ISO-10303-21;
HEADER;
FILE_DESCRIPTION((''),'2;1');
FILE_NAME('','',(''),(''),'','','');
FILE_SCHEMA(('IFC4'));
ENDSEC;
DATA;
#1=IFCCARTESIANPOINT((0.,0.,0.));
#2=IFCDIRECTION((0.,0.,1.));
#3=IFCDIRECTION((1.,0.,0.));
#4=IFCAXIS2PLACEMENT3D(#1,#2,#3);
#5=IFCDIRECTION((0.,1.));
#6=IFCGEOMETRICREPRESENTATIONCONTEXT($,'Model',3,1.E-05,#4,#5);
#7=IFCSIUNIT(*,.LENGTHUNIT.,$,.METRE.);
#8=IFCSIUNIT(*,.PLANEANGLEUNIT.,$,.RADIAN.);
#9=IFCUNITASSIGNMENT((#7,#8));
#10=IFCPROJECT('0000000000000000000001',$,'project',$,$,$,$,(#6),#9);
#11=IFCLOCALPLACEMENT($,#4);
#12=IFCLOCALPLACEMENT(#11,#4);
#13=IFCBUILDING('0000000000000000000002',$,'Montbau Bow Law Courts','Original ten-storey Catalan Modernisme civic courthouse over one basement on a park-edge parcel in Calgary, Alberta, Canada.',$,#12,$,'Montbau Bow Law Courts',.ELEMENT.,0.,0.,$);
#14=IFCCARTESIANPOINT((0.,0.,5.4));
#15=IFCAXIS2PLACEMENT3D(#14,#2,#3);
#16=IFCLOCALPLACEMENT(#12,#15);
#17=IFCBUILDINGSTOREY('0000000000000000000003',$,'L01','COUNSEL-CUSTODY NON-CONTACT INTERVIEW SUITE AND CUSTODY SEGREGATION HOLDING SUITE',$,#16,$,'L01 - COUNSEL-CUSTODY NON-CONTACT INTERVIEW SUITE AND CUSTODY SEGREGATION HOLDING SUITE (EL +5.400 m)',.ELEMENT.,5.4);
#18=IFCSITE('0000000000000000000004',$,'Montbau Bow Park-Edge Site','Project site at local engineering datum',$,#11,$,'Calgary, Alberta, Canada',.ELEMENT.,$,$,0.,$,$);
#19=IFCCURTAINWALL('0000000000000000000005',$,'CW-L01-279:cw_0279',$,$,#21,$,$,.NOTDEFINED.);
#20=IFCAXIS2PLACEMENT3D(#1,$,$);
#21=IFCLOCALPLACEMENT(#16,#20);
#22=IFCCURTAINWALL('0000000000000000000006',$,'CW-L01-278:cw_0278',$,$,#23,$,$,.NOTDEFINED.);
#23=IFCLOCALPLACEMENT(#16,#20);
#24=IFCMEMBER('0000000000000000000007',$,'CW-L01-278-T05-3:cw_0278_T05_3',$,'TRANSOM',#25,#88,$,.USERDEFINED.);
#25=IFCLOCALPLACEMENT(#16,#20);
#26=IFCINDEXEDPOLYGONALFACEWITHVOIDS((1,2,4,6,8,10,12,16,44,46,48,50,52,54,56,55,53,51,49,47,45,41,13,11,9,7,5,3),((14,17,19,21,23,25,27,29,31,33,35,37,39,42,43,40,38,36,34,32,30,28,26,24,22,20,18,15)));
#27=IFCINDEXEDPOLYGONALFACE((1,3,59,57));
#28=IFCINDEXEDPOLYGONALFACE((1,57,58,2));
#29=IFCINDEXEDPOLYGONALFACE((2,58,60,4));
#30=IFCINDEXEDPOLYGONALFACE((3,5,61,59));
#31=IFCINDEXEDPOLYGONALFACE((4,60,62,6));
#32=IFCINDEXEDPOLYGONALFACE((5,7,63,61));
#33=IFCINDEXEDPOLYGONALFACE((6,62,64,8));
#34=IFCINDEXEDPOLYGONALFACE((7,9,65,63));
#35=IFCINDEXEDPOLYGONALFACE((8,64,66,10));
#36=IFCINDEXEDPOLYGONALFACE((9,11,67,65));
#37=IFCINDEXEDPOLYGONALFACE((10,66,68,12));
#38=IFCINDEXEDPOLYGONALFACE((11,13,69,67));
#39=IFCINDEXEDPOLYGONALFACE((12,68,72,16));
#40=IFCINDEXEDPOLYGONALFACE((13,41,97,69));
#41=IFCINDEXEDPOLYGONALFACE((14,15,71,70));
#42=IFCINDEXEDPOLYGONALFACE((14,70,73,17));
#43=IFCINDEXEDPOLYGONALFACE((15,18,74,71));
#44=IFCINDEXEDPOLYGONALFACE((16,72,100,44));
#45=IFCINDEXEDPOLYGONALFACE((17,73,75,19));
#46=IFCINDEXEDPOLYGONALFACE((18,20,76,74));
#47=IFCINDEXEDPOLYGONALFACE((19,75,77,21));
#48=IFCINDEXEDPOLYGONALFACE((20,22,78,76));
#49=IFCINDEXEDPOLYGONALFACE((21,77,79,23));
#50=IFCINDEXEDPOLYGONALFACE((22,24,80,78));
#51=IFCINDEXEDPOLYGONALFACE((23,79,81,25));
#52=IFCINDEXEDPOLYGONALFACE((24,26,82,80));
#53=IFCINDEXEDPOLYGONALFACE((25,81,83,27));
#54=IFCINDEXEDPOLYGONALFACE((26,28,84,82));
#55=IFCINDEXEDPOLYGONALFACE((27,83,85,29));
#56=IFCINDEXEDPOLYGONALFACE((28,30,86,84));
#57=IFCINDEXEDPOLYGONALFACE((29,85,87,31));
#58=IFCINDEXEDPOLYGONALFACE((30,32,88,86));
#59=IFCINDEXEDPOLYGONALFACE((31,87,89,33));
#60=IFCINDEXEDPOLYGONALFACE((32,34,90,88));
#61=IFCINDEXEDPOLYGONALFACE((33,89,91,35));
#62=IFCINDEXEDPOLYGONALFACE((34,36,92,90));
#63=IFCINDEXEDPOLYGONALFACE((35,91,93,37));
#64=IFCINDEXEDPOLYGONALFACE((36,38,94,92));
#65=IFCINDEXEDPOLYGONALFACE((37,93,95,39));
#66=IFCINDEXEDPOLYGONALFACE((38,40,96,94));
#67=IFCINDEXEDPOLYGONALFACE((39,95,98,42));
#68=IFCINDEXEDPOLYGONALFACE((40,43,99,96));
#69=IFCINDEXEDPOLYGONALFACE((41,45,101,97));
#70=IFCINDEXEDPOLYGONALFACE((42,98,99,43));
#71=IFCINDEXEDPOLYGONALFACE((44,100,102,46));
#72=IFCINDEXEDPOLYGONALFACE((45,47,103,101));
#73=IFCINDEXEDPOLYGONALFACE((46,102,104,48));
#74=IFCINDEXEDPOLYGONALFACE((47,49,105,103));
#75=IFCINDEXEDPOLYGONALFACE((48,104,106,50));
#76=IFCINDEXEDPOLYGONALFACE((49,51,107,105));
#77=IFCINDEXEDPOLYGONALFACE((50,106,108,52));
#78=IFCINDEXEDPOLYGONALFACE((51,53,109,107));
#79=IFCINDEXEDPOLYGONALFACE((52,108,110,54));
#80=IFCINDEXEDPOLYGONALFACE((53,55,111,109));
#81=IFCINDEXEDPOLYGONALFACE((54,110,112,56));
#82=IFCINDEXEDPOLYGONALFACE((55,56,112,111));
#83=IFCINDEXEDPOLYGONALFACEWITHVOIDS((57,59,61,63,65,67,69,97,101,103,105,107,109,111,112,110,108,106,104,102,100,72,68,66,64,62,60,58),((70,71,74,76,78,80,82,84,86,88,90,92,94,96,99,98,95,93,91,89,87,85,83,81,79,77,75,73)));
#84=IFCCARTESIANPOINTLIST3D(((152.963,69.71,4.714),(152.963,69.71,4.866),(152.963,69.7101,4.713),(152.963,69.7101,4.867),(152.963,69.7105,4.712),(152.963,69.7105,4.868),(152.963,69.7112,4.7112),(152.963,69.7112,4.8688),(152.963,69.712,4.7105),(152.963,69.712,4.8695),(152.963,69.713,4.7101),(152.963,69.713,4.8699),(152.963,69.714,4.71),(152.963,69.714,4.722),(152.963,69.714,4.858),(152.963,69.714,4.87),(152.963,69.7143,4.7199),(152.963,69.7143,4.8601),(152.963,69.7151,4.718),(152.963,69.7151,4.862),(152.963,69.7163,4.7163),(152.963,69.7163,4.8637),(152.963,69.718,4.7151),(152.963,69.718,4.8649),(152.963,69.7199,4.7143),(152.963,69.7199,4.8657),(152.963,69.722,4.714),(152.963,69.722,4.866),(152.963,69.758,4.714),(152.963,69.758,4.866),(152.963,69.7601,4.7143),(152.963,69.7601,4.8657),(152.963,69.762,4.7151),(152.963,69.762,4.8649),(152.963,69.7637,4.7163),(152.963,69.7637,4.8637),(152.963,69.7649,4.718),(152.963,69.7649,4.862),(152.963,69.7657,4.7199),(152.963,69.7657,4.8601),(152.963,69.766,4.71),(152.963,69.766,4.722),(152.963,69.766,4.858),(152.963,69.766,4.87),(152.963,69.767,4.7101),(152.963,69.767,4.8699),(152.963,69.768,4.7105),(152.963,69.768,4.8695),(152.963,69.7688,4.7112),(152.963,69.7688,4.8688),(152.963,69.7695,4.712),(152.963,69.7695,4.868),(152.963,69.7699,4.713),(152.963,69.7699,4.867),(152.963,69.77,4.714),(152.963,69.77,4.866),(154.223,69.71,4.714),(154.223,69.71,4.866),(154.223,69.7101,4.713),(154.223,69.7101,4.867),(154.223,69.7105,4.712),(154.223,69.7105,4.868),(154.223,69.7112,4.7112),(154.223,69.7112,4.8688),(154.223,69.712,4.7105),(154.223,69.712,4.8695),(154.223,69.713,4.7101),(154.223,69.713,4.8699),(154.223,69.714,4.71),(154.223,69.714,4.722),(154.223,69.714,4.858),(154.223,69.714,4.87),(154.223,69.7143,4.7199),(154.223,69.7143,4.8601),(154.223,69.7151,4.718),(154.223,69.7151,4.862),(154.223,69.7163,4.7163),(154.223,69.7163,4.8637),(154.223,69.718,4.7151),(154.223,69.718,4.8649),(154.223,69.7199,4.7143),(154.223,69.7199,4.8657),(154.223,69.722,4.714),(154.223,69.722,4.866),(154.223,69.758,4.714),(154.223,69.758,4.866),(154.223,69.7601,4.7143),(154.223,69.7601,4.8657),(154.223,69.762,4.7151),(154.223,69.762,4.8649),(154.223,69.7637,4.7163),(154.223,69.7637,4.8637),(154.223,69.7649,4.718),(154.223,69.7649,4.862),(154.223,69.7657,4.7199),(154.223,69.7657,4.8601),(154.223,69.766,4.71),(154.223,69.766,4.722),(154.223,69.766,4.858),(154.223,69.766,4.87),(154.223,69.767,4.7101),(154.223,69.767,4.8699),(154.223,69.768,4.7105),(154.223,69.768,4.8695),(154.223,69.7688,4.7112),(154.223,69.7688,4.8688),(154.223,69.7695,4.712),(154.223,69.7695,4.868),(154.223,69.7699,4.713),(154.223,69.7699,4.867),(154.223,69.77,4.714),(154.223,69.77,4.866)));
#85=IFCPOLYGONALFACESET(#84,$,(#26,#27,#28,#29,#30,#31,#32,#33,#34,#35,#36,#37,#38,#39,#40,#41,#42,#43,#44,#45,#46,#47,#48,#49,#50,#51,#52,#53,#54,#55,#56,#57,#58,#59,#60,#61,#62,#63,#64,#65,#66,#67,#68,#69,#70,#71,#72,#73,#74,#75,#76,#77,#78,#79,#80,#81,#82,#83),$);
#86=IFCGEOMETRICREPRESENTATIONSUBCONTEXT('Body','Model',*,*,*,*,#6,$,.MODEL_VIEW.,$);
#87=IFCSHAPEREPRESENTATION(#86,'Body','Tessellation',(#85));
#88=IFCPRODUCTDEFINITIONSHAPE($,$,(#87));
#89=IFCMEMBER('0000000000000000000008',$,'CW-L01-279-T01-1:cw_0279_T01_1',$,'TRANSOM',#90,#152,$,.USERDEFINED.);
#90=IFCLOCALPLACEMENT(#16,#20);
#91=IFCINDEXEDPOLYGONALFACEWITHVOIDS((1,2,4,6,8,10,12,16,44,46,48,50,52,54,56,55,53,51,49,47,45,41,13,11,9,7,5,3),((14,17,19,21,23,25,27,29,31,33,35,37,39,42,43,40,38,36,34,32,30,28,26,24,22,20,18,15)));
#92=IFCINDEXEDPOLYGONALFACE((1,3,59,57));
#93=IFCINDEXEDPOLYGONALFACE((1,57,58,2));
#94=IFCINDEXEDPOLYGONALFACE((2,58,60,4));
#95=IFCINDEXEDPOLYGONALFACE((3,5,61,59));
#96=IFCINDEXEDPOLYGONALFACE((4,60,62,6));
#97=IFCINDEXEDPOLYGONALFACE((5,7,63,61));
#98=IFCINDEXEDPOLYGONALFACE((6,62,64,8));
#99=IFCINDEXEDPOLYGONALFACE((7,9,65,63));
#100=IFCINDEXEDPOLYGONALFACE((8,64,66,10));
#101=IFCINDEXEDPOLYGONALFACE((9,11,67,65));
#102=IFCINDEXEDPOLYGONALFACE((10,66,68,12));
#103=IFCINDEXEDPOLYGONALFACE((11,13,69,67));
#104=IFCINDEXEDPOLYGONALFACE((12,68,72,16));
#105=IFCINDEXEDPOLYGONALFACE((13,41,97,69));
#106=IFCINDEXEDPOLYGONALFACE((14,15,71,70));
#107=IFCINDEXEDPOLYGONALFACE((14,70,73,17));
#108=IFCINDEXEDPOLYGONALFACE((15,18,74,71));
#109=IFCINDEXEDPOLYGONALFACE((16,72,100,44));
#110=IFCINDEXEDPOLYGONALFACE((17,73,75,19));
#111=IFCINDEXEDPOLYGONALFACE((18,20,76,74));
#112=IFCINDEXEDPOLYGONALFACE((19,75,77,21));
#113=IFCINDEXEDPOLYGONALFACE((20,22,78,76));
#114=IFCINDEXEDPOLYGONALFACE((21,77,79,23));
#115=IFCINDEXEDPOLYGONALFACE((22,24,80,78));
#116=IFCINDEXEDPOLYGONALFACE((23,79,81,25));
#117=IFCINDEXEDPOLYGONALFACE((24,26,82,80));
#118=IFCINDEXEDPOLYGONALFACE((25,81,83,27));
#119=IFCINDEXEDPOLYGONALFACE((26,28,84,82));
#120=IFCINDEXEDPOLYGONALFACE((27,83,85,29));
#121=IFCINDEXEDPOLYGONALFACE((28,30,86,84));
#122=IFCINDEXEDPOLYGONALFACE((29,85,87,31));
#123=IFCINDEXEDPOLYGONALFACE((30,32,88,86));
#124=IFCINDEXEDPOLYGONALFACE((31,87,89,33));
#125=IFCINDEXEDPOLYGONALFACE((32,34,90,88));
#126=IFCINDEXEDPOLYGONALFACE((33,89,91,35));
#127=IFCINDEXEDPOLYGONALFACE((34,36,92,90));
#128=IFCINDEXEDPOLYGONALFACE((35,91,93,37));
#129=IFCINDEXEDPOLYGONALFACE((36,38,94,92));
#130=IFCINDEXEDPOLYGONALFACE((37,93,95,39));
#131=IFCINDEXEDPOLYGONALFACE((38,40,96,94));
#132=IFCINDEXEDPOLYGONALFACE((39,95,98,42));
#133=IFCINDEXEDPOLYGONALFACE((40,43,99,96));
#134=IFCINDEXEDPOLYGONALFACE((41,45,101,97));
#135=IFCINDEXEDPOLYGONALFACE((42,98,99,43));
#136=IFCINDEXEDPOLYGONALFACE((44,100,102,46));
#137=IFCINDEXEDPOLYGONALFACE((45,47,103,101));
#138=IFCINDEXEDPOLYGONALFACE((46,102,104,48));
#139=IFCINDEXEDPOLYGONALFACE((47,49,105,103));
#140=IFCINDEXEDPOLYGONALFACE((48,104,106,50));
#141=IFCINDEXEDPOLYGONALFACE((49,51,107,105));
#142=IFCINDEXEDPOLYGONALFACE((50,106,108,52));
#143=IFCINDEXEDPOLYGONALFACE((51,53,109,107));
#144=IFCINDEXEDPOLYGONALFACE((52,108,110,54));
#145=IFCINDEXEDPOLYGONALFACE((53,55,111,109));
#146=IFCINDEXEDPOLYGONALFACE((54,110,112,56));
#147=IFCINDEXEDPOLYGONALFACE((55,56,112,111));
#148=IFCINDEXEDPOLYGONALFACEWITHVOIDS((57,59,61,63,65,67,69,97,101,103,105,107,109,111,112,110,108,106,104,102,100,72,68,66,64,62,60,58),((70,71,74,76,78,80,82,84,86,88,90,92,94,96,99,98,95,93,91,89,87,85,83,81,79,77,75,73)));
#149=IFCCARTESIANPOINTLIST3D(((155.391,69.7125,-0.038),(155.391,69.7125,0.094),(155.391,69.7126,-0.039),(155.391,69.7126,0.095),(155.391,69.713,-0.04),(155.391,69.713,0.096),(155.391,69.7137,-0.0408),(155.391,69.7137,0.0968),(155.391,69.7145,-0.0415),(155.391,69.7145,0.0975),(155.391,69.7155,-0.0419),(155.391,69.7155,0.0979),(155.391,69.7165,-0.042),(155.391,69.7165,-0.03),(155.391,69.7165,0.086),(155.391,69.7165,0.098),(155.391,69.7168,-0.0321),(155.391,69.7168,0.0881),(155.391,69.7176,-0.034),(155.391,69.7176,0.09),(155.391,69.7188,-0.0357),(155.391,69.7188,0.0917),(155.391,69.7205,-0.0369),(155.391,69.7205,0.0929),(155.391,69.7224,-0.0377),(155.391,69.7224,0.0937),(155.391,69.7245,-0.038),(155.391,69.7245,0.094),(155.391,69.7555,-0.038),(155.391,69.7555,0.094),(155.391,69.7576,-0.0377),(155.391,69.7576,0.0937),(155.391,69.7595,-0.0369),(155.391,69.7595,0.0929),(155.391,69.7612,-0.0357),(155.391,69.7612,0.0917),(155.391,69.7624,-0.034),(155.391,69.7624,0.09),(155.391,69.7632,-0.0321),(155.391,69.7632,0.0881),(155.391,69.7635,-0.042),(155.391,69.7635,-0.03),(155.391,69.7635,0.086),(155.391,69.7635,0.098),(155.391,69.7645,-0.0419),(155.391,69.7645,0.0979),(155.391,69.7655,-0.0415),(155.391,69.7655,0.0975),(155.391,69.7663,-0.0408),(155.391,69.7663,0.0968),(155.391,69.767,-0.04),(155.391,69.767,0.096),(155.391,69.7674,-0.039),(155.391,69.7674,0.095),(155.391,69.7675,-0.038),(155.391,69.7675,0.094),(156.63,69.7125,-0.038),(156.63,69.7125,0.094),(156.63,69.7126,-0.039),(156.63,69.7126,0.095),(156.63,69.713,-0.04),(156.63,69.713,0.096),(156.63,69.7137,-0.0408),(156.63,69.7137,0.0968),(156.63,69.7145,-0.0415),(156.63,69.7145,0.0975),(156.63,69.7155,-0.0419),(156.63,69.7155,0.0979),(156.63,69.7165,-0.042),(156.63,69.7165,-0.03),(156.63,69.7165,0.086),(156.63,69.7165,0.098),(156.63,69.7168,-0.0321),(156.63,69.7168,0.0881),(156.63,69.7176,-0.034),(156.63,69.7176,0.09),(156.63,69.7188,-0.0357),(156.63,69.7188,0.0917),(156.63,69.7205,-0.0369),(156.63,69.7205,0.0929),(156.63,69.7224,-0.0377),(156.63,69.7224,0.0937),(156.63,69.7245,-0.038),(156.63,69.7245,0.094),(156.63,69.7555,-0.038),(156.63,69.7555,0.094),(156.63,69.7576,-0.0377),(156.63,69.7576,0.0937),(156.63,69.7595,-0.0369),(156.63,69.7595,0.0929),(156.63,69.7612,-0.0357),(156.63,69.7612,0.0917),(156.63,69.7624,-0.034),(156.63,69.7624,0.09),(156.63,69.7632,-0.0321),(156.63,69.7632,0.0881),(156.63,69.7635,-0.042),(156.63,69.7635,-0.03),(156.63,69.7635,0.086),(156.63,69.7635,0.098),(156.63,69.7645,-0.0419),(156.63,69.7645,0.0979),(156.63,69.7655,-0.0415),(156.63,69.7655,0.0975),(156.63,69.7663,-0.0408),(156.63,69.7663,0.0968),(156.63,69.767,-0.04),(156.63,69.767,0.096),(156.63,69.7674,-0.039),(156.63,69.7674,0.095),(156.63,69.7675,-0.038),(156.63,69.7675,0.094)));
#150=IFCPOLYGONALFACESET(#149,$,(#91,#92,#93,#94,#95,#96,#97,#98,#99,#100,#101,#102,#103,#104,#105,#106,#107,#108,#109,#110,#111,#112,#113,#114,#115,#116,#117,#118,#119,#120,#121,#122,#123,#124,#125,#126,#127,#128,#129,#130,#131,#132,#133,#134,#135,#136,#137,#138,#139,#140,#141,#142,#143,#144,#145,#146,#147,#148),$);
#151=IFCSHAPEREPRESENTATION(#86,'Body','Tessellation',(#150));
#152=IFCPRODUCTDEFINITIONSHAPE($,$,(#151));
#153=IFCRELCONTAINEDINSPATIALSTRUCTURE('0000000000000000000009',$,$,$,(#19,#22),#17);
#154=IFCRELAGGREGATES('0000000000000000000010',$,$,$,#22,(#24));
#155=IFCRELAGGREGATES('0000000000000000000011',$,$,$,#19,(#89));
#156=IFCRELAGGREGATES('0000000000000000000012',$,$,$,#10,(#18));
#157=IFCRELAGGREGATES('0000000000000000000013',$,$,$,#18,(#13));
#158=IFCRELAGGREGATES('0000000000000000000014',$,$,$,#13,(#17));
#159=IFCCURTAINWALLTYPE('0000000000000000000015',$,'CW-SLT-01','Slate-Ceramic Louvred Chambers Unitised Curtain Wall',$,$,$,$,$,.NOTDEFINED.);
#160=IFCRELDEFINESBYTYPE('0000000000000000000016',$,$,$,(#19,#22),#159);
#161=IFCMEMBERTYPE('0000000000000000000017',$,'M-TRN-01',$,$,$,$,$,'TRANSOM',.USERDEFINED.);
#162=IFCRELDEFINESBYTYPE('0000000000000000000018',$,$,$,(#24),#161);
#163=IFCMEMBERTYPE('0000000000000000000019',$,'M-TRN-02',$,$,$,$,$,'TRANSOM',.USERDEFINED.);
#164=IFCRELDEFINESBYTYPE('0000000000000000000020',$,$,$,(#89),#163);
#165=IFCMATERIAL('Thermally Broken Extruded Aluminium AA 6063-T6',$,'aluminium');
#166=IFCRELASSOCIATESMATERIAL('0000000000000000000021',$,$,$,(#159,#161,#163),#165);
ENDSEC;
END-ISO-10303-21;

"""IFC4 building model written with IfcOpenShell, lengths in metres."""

from ifc_helpers import new_model, si_unit, direction, frame, origin_with_axes, origin_2d_with_axis, place, context, subcontext, project, spatial, hollow_rectangle, extrude, material, material_profile, profile_set, type_object, element, aggregate, save


model = new_model("IFC4")

# Units and contexts
model_context = context("Model", 3, precision=1e-05, world=origin_with_axes(), true_north=direction((0.0, 1.0)))
body_context = subcontext(model_context, "Body", "Model", "MODEL_VIEW")
ifc_project = project(units=[si_unit("LENGTHUNIT", "METRE"), si_unit("PLANEANGLEUNIT", "RADIAN")], contexts=[model_context])

# Site, building, storey
site_placement = place(None, origin_with_axes())
site = spatial("IfcSite", under=ifc_project, at=site_placement, Name="Montbau Bow Park-Edge Site", Description="Project site at local engineering datum", LongName="Calgary, Alberta, Canada", CompositionType="ELEMENT", RefElevation=0.0)
building_placement = place(site_placement, origin_with_axes())
building = spatial("IfcBuilding", under=site, at=building_placement, Name="Montbau Bow Law Courts", Description="Original ten-storey Catalan Modernisme civic courthouse over one basement on a park-edge parcel in Calgary, Alberta, Canada.", LongName="Montbau Bow Law Courts", CompositionType="ELEMENT", ElevationOfRefHeight=0.0, ElevationOfTerrain=0.0)
storey_placement = place(building_placement, frame((0.0, 0.0, 5.4), z_axis=(0.0, 0.0, 1.0), x_axis=(1.0, 0.0, 0.0)))
storey = spatial("IfcBuildingStorey", under=building, at=storey_placement, Name="L01", Description="COUNSEL-CUSTODY NON-CONTACT INTERVIEW SUITE AND CUSTODY SEGREGATION HOLDING SUITE", LongName="L01 - COUNSEL-CUSTODY NON-CONTACT INTERVIEW SUITE AND CUSTODY SEGREGATION HOLDING SUITE (EL +5.400 m)", CompositionType="ELEMENT", Elevation=5.4)

# Curtain walls, member
ifc_material_1 = material(Name="Thermally Broken Extruded Aluminium AA 6063-T6", Category="aluminium")
curtain_wall_type = type_object("IfcCurtainWallType", Name="CW-SLT-01", Description="Slate-Ceramic Louvred Chambers Unitised Curtain Wall", PredefinedType="NOTDEFINED", material=ifc_material_1)
curtain_wall_1_placement = place(None, frame((155.315, 69.74, 5.4), z_axis=(0.0, 0.0, 1.0), x_axis=(1.0, 0.0, 0.0)))
curtain_wall_1 = element("IfcCurtainWall", 1, at=curtain_wall_1_placement, inside=storey, type_object=curtain_wall_type, Name="CW-L01-279:cw_0279", PredefinedType="NOTDEFINED")
curtain_wall_2_placement = place(None, frame((147.515, 69.74, 5.4), z_axis=(0.0, 0.0, 1.0), x_axis=(1.0, 0.0, 0.0)))
curtain_wall_2 = element("IfcCurtainWall", 2, at=curtain_wall_2_placement, inside=storey, type_object=curtain_wall_type, Name="CW-L01-278:cw_0278", PredefinedType="NOTDEFINED")
ifc_material_profile_1 = material_profile(ifc_material_1, hollow_rectangle(XDim=0.06, YDim=0.16, WallThickness=0.004, InnerFilletRadius=0.008, OuterFilletRadius=0.004, at=origin_2d_with_axis()), Name="CWT-160X60", Category="Main", Priority=0)
ifc_profile_set_1 = profile_set([ifc_material_profile_1], Name="Thermally Broken Extruded Aluminium AA 6063-T6")
member_type_1 = type_object("IfcMemberType", Name="M-TRN-01", ElementType="TRANSOM", PredefinedType="USERDEFINED", material=ifc_profile_set_1)
member_1_placement = place(None, frame((152.963, 69.74, 10.19), z_axis=(1.0, 0.0, 0.0), x_axis=(0.0, 1.0, 0.0)))
member_1 = element("IfcMember", 3, at=member_1_placement, type_object=member_type_1, Name="CW-L01-278-T05-3:cw_0278_T05_3", ObjectType="TRANSOM", PredefinedType="USERDEFINED", context=body_context, shape_type="SweptSolid", body=[
    extrude(hollow_rectangle(XDim=0.06, YDim=0.16, WallThickness=0.004, InnerFilletRadius=0.008, OuterFilletRadius=0.004, at=origin_2d_with_axis()), origin_with_axes(), (0.0, 0.0, 1.0), 1.26),
])
aggregate(curtain_wall_2, [member_1])

# Member
ifc_material_profile_2 = material_profile(ifc_material_1, hollow_rectangle(XDim=0.055, YDim=0.14, WallThickness=0.004, InnerFilletRadius=0.008, OuterFilletRadius=0.004, at=origin_2d_with_axis()), Name="CWT-140X55", Category="Main", Priority=0)
ifc_profile_set_2 = profile_set([ifc_material_profile_2], Name="Thermally Broken Extruded Aluminium AA 6063-T6")
member_type_2 = type_object("IfcMemberType", Name="M-TRN-02", ElementType="TRANSOM", PredefinedType="USERDEFINED", material=ifc_profile_set_2)
member_2_placement = place(None, frame((155.391, 69.74, 5.428), z_axis=(1.0, 0.0, 0.0), x_axis=(0.0, 1.0, 0.0)))
member_2 = element("IfcMember", 4, at=member_2_placement, type_object=member_type_2, Name="CW-L01-279-T01-1:cw_0279_T01_1", ObjectType="TRANSOM", PredefinedType="USERDEFINED", context=body_context, shape_type="SweptSolid", body=[
    extrude(hollow_rectangle(XDim=0.055, YDim=0.14, WallThickness=0.004, InnerFilletRadius=0.008, OuterFilletRadius=0.004, at=origin_2d_with_axis()), origin_with_axes(), (0.0, 0.0, 1.0), 1.239),
])

aggregate(curtain_wall_1, [member_2])

save(model, "model.ifc")
